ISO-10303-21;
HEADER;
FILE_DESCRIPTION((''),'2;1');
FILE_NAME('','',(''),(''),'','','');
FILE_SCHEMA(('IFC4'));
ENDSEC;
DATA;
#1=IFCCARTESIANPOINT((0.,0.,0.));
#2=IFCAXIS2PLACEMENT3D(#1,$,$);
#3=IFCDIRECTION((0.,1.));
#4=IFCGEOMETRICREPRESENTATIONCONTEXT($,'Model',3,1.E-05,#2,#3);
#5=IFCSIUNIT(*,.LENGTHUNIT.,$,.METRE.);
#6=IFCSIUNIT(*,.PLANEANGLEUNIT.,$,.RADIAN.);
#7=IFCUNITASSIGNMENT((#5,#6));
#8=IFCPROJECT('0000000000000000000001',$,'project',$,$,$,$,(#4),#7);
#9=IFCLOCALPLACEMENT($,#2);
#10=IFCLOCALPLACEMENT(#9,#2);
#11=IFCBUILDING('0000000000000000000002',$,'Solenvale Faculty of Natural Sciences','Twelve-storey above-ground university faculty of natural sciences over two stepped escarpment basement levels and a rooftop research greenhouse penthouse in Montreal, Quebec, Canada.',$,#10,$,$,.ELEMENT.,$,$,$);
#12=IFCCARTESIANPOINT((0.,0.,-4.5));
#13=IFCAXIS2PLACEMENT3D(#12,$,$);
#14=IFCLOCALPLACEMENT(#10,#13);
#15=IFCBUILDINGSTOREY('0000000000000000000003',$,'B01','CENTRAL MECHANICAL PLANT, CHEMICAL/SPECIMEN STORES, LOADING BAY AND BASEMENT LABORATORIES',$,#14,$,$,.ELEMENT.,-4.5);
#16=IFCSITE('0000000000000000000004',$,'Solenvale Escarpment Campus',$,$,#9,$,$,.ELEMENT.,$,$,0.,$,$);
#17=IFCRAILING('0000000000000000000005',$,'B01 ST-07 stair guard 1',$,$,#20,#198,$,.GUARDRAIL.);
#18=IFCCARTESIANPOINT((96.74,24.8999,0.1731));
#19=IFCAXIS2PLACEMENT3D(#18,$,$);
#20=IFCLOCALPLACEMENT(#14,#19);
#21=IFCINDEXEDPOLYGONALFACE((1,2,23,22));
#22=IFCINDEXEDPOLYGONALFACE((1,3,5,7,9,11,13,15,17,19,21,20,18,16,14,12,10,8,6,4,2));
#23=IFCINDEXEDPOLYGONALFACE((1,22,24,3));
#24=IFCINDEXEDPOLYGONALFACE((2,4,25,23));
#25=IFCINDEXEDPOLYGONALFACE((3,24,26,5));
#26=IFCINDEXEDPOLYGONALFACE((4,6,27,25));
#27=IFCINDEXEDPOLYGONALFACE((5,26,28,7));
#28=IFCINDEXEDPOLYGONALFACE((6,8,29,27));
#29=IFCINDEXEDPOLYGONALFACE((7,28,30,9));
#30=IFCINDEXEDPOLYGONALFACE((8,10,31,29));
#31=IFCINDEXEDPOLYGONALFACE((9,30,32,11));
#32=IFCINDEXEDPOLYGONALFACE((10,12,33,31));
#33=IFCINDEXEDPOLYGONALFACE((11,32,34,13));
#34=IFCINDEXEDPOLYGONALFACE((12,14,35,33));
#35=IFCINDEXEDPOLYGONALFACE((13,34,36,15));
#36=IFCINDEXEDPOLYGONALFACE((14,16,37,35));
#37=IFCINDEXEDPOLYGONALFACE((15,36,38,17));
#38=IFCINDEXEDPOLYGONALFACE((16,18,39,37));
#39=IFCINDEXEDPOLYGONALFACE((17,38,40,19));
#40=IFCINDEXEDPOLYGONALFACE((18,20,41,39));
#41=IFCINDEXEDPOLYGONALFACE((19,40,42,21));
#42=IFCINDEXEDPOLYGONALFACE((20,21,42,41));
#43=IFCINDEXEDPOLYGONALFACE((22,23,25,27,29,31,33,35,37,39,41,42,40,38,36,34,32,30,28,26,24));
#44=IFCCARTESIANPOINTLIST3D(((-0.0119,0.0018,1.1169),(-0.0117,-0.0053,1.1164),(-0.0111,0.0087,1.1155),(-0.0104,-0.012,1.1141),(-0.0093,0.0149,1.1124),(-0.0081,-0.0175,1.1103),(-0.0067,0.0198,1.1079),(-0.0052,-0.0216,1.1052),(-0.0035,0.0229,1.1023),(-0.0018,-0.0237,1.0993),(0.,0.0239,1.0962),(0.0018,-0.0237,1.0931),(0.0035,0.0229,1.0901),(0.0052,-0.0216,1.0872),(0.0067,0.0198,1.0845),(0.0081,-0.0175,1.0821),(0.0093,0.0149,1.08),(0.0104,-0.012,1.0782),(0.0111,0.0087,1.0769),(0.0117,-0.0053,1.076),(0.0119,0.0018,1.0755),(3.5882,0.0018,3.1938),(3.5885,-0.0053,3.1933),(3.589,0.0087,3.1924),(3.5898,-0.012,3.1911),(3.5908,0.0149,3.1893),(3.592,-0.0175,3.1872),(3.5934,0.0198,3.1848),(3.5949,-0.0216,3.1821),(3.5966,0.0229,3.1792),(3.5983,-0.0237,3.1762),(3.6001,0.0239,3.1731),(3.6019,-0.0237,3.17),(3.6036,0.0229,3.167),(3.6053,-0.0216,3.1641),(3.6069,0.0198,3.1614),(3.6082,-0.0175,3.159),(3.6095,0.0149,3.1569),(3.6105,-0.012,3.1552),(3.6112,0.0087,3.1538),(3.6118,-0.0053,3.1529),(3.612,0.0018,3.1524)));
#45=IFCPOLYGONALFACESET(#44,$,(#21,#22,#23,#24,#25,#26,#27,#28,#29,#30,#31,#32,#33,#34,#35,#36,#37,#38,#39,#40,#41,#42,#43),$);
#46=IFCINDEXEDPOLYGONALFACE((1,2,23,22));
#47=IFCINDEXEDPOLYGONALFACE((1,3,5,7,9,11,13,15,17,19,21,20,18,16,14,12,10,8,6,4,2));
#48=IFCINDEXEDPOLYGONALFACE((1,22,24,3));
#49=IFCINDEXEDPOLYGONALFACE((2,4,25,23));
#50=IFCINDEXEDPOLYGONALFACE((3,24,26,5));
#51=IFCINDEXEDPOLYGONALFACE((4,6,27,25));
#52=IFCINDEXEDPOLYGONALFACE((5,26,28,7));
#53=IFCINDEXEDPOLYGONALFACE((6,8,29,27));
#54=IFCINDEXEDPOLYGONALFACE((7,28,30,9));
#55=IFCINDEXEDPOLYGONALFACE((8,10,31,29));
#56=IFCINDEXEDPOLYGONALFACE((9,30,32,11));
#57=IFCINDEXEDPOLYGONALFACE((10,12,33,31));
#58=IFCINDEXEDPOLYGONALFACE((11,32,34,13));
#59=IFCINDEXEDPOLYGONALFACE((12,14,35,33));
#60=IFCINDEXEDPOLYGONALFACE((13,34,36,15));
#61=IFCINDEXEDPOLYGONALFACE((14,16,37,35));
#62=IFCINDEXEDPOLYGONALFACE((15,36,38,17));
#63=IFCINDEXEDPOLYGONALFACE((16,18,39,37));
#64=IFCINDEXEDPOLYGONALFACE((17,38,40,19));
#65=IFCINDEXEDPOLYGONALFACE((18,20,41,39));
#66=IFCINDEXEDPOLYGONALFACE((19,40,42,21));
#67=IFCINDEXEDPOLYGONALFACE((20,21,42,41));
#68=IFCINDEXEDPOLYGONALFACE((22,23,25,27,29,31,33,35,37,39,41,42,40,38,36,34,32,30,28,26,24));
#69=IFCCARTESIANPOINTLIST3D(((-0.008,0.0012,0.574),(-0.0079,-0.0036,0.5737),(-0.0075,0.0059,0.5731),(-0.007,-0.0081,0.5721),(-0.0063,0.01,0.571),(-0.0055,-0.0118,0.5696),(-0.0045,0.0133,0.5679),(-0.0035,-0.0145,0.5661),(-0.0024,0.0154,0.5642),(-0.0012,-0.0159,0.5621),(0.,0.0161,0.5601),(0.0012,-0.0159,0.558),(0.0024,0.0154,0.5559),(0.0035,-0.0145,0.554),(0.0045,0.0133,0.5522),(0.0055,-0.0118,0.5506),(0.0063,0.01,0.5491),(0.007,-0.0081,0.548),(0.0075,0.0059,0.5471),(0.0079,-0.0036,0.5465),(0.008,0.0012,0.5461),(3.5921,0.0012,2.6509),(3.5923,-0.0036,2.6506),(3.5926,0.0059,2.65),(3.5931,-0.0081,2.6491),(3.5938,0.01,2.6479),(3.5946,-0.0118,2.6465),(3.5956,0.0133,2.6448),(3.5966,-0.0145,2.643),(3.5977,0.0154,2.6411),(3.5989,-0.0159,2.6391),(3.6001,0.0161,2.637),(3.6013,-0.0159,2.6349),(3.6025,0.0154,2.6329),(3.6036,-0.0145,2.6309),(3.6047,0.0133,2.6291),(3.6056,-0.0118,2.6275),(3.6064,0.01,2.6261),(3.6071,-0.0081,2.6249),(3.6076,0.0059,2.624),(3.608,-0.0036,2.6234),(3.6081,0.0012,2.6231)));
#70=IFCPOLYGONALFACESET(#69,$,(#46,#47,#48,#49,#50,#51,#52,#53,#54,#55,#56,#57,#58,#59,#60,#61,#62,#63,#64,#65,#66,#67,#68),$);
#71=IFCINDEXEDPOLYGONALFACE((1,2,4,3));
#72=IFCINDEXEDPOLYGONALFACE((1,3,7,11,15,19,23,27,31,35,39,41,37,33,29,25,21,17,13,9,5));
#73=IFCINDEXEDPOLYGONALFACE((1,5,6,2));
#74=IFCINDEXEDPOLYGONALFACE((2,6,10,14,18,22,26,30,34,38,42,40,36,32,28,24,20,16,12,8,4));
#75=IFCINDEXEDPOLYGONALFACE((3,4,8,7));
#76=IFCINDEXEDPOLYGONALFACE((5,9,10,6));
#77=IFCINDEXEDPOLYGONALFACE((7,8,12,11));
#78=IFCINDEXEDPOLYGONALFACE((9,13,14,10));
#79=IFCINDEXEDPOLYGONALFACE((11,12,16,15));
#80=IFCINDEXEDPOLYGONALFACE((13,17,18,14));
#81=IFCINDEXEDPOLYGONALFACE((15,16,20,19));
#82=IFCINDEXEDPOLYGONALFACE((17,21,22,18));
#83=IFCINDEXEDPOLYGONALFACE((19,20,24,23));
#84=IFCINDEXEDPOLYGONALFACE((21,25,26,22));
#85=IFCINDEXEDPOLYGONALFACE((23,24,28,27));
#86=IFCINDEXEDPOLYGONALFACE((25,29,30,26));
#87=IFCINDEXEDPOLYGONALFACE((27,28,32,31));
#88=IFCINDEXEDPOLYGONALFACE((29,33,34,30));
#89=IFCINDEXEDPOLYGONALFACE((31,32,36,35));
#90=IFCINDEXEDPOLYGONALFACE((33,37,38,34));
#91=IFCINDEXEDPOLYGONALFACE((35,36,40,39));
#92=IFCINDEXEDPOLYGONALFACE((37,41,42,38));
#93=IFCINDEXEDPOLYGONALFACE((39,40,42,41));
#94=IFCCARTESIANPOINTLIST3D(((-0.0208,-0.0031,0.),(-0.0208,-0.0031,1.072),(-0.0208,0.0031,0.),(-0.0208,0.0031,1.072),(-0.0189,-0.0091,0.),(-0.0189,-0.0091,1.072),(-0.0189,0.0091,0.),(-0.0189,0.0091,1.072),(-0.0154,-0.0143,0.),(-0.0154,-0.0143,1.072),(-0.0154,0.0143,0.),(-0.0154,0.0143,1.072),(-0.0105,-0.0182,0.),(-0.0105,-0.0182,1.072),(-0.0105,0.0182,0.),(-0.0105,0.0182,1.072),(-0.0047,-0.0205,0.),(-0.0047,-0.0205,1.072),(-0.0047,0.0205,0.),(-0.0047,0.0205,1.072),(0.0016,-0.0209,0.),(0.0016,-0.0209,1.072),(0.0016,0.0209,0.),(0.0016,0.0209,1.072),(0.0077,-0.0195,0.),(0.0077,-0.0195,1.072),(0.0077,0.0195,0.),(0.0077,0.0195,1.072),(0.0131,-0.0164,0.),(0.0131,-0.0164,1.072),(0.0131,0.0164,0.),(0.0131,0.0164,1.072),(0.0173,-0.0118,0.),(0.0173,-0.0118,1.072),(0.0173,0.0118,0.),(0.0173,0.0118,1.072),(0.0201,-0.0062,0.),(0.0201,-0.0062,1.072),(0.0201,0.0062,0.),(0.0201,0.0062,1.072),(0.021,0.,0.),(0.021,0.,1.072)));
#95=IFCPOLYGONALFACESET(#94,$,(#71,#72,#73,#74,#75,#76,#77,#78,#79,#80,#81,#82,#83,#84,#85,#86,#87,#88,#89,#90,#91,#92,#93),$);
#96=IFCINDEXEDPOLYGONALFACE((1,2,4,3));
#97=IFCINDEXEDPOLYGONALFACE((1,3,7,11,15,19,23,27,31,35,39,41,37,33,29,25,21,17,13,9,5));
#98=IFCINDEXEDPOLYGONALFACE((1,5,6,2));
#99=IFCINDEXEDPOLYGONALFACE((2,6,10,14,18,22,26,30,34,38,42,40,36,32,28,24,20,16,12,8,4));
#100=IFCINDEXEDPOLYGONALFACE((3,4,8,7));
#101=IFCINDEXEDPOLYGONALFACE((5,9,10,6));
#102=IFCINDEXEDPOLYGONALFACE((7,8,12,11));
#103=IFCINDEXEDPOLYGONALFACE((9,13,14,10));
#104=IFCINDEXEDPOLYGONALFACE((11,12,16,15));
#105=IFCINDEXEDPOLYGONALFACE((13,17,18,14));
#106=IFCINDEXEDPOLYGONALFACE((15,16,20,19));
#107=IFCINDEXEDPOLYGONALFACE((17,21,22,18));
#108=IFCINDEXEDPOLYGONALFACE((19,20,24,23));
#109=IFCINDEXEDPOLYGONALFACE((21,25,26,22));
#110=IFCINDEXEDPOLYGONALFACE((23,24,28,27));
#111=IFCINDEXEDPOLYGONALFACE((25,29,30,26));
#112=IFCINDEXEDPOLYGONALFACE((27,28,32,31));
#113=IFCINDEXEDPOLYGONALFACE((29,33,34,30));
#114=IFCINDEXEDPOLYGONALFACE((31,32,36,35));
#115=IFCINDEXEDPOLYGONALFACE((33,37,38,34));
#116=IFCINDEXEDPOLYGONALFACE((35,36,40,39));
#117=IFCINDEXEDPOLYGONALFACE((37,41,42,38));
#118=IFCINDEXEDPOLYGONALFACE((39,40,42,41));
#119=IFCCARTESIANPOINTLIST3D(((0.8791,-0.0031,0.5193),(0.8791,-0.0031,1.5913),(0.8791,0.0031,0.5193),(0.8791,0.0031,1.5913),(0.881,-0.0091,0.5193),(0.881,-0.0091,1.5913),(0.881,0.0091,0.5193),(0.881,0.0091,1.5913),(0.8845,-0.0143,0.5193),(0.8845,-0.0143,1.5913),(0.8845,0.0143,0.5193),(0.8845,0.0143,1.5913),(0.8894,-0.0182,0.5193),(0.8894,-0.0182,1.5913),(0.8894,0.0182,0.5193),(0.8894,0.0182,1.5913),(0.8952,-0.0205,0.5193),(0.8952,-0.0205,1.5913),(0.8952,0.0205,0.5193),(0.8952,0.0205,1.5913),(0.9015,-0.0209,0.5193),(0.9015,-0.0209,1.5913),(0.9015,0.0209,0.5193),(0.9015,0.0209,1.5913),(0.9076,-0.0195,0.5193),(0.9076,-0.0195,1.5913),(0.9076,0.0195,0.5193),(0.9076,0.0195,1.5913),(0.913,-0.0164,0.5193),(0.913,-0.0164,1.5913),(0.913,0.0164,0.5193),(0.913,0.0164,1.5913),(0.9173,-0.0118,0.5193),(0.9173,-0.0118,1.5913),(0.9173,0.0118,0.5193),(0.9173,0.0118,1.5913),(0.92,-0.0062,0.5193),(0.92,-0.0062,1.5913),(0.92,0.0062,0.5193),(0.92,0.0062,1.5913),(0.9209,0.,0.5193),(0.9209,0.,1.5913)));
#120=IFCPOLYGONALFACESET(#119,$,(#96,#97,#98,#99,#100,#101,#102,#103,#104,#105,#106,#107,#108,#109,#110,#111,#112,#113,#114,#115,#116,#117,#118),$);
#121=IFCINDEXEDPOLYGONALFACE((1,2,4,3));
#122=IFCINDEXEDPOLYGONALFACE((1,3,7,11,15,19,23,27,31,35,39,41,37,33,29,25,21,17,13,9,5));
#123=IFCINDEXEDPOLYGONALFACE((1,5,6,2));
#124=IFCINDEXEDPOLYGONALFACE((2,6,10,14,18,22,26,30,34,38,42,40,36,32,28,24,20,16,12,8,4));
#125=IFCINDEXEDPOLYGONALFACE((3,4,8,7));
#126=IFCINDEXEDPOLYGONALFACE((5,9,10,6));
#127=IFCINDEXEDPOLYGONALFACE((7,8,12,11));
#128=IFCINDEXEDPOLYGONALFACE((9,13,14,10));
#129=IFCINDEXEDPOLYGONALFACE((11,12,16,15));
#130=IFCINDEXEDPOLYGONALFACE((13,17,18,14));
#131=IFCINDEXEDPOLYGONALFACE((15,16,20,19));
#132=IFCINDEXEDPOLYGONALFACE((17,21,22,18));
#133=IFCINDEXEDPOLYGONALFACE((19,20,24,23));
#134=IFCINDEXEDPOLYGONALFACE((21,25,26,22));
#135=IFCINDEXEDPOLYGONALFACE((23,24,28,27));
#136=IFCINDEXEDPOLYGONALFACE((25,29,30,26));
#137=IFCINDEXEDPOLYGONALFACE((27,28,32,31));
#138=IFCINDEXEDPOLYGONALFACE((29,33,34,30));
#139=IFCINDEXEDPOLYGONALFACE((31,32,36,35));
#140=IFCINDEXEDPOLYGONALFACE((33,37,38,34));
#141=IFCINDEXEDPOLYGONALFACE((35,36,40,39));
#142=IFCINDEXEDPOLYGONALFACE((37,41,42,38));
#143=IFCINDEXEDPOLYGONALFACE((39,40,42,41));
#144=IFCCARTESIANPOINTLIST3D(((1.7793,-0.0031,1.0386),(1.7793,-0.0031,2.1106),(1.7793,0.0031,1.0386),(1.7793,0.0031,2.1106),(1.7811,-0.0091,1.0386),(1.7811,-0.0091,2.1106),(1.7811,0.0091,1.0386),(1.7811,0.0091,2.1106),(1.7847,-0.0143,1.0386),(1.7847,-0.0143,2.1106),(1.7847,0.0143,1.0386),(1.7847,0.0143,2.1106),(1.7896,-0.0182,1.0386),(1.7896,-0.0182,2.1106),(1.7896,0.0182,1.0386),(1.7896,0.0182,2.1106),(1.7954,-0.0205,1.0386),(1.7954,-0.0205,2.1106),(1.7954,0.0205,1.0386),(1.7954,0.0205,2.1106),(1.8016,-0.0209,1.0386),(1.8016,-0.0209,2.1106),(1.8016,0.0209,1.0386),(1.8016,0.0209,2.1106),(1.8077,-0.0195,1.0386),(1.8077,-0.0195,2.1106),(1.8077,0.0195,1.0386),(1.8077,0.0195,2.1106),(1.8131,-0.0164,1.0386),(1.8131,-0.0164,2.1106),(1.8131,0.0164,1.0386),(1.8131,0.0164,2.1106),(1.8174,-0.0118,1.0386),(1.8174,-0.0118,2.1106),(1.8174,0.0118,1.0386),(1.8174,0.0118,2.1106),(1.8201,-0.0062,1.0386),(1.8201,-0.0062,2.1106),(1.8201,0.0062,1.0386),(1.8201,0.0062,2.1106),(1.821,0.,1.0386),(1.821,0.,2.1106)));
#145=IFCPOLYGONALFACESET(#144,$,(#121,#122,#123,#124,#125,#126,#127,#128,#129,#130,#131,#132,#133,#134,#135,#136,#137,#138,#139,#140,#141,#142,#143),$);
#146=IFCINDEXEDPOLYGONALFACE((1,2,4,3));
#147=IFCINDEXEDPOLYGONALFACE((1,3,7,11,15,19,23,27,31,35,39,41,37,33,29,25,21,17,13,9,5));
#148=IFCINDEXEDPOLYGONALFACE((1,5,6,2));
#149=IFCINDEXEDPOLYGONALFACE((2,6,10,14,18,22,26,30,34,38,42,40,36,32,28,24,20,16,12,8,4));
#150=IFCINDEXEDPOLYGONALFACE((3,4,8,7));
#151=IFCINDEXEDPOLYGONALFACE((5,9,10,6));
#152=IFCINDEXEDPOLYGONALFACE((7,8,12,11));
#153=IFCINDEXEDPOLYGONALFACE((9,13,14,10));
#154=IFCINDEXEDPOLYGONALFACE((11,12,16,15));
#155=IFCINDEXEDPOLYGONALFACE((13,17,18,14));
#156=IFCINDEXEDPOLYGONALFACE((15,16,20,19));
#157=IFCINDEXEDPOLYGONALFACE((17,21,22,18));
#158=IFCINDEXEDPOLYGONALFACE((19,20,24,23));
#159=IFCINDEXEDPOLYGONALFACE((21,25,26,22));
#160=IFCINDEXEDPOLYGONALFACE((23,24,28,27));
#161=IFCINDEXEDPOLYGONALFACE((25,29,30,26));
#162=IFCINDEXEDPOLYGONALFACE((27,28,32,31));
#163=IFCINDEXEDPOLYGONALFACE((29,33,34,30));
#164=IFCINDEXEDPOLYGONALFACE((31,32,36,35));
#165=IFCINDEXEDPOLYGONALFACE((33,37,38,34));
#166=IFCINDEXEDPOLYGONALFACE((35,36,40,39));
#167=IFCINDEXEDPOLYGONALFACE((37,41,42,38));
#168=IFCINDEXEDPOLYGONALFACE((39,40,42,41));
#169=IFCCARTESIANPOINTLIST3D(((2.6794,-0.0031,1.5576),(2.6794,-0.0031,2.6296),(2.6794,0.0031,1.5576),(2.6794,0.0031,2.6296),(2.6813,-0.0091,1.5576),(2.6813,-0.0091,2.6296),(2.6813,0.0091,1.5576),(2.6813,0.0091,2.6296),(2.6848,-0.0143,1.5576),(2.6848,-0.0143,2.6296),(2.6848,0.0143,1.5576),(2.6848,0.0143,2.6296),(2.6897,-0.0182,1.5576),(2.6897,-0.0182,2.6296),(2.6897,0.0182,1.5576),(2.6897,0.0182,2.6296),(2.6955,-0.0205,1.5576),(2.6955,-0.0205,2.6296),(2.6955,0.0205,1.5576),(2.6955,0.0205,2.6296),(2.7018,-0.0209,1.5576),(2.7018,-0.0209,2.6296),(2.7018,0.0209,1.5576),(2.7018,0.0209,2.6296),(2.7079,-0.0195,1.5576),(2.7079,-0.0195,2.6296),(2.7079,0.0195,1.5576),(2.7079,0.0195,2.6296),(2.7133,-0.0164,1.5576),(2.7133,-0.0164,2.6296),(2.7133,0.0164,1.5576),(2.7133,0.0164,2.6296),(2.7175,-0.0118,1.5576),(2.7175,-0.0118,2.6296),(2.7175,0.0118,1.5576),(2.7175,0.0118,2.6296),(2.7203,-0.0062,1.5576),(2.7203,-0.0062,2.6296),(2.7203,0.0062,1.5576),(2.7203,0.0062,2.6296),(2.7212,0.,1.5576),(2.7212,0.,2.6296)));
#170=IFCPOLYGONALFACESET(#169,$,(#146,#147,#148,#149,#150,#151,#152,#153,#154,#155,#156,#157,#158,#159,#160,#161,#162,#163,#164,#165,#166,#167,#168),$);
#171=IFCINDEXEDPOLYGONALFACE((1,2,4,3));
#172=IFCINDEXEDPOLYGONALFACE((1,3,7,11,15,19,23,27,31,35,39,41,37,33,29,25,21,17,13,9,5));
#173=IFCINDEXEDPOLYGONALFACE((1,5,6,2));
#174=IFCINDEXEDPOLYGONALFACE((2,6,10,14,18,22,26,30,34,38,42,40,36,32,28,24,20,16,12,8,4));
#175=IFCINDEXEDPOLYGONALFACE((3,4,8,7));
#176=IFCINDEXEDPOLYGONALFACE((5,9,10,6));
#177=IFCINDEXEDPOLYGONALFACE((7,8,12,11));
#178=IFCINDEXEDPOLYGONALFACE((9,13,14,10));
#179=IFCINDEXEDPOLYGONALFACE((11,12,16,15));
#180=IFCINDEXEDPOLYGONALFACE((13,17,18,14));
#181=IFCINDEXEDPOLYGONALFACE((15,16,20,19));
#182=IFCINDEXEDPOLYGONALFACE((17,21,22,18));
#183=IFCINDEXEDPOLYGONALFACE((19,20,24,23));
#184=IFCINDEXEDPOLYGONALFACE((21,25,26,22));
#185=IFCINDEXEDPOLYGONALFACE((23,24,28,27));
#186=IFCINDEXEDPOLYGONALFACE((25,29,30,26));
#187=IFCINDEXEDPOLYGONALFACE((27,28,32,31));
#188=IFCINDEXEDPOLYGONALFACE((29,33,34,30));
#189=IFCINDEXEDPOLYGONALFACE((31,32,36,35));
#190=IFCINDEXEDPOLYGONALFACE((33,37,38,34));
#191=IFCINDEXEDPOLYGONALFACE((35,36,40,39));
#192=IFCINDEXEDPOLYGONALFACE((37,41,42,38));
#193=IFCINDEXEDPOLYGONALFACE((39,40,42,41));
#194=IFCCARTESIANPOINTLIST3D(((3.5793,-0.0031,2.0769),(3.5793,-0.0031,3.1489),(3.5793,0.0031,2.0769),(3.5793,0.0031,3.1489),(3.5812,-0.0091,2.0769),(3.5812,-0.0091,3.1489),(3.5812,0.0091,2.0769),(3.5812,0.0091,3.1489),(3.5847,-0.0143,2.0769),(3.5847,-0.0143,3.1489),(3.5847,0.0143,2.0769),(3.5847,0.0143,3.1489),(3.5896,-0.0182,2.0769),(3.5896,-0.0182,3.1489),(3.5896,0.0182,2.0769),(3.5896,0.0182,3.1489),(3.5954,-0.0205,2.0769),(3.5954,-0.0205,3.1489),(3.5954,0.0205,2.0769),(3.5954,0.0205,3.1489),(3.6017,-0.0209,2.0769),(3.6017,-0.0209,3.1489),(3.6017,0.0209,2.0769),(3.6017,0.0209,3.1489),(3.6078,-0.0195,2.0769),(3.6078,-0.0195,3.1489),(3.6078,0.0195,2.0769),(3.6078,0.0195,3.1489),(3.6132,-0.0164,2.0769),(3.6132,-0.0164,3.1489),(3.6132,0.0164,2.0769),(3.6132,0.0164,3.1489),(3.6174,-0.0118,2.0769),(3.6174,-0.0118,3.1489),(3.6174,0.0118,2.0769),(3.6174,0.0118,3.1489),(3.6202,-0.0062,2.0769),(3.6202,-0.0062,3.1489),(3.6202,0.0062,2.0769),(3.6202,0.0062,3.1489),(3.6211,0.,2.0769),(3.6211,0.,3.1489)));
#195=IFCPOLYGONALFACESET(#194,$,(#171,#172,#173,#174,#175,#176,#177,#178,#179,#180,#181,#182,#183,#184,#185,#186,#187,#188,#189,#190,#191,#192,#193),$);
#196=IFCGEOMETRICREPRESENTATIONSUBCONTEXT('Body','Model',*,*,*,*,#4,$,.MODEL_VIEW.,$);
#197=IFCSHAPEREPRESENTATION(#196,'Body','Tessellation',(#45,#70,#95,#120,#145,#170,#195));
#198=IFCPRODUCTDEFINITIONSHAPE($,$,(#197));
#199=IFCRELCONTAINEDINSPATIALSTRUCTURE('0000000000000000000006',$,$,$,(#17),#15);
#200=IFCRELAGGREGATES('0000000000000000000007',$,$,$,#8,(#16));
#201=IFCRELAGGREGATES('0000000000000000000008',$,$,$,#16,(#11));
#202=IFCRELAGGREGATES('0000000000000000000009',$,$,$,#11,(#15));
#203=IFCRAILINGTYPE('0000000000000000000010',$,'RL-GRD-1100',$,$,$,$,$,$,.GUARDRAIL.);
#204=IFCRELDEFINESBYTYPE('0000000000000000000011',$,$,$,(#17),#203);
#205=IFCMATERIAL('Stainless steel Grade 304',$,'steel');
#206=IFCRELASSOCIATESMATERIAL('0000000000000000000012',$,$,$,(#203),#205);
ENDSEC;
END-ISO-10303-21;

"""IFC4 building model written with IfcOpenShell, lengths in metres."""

from ifc_helpers import new_model, si_unit, direction, frame, origin, origin_2d, place, context, subcontext, project, spatial, circle, extrude, material, type_object, element, save


model = new_model("IFC4")

# Units and contexts
model_context = context("Model", 3, precision=1e-05, world=origin(), true_north=direction((0.0, 1.0)))
body_context = subcontext(model_context, "Body", "Model", "MODEL_VIEW")
ifc_project = project(units=[si_unit("LENGTHUNIT", "METRE"), si_unit("PLANEANGLEUNIT", "RADIAN")], contexts=[model_context])

# Site, building, storey
site_placement = place(None, origin())
site = spatial("IfcSite", under=ifc_project, at=site_placement, Name="Solenvale Escarpment Campus", CompositionType="ELEMENT", RefElevation=0.0)
building_placement = place(site_placement, origin())
building = spatial("IfcBuilding", under=site, at=building_placement, Name="Solenvale Faculty of Natural Sciences", Description="Twelve-storey above-ground university faculty of natural sciences over two stepped escarpment basement levels and a rooftop research greenhouse penthouse in Montreal, Quebec, Canada.", CompositionType="ELEMENT")
storey_placement = place(building_placement, frame((0.0, 0.0, -4.5)))
storey = spatial("IfcBuildingStorey", under=building, at=storey_placement, Name="B01", Description="CENTRAL MECHANICAL PLANT, CHEMICAL/SPECIMEN STORES, LOADING BAY AND BASEMENT LABORATORIES", CompositionType="ELEMENT", Elevation=-4.5)

# Railing
ifc_material_1 = material(Name="Stainless steel Grade 304", Category="steel")
railing_type_1 = type_object("IfcRailingType", Name="RL-GRD-1100", PredefinedType="GUARDRAIL", material=ifc_material_1)
railing_1_placement = place(storey_placement, frame((96.74, 24.8999, 0.1731)))
element("IfcRailing", 1, at=railing_1_placement, inside=storey, type_object=railing_type_1, Name="B01 ST-07 stair guard 1", PredefinedType="GUARDRAIL", context=body_context, shape_type="SweptSolid", body=[
    extrude(circle(Radius=0.0239, at=origin_2d()), frame((0.0, 0.0, 1.0962), z_axis=(0.866193, 0.0, 0.499709), x_axis=(0.0, 1.0, 0.0)), (0.0, 0.0, 1.0), 4.1562),
    extrude(circle(Radius=0.0161, at=origin_2d()), frame((0.0, 0.0, 0.5601), z_axis=(0.866193, 0.0, 0.499709), x_axis=(0.0, 1.0, 0.0)), (0.0, 0.0, 1.0), 4.1562),
    extrude(circle(Radius=0.021, at=origin_2d()), origin(), (0.0, 0.0, 1.0), 1.072),
    extrude(circle(Radius=0.021, at=origin_2d()), frame((0.8999, 0.0, 0.5193)), (0.0, 0.0, 1.0), 1.072),
    extrude(circle(Radius=0.021, at=origin_2d()), frame((1.8, 0.0, 1.0386)), (0.0, 0.0, 1.0), 1.072),
    extrude(circle(Radius=0.021, at=origin_2d()), frame((2.7002, 0.0, 1.5576)), (0.0, 0.0, 1.0), 1.072),
    extrude(circle(Radius=0.021, at=origin_2d()), frame((3.6001, 0.0, 2.0769)), (0.0, 0.0, 1.0), 1.072),
])

save(model, "model.ifc")
